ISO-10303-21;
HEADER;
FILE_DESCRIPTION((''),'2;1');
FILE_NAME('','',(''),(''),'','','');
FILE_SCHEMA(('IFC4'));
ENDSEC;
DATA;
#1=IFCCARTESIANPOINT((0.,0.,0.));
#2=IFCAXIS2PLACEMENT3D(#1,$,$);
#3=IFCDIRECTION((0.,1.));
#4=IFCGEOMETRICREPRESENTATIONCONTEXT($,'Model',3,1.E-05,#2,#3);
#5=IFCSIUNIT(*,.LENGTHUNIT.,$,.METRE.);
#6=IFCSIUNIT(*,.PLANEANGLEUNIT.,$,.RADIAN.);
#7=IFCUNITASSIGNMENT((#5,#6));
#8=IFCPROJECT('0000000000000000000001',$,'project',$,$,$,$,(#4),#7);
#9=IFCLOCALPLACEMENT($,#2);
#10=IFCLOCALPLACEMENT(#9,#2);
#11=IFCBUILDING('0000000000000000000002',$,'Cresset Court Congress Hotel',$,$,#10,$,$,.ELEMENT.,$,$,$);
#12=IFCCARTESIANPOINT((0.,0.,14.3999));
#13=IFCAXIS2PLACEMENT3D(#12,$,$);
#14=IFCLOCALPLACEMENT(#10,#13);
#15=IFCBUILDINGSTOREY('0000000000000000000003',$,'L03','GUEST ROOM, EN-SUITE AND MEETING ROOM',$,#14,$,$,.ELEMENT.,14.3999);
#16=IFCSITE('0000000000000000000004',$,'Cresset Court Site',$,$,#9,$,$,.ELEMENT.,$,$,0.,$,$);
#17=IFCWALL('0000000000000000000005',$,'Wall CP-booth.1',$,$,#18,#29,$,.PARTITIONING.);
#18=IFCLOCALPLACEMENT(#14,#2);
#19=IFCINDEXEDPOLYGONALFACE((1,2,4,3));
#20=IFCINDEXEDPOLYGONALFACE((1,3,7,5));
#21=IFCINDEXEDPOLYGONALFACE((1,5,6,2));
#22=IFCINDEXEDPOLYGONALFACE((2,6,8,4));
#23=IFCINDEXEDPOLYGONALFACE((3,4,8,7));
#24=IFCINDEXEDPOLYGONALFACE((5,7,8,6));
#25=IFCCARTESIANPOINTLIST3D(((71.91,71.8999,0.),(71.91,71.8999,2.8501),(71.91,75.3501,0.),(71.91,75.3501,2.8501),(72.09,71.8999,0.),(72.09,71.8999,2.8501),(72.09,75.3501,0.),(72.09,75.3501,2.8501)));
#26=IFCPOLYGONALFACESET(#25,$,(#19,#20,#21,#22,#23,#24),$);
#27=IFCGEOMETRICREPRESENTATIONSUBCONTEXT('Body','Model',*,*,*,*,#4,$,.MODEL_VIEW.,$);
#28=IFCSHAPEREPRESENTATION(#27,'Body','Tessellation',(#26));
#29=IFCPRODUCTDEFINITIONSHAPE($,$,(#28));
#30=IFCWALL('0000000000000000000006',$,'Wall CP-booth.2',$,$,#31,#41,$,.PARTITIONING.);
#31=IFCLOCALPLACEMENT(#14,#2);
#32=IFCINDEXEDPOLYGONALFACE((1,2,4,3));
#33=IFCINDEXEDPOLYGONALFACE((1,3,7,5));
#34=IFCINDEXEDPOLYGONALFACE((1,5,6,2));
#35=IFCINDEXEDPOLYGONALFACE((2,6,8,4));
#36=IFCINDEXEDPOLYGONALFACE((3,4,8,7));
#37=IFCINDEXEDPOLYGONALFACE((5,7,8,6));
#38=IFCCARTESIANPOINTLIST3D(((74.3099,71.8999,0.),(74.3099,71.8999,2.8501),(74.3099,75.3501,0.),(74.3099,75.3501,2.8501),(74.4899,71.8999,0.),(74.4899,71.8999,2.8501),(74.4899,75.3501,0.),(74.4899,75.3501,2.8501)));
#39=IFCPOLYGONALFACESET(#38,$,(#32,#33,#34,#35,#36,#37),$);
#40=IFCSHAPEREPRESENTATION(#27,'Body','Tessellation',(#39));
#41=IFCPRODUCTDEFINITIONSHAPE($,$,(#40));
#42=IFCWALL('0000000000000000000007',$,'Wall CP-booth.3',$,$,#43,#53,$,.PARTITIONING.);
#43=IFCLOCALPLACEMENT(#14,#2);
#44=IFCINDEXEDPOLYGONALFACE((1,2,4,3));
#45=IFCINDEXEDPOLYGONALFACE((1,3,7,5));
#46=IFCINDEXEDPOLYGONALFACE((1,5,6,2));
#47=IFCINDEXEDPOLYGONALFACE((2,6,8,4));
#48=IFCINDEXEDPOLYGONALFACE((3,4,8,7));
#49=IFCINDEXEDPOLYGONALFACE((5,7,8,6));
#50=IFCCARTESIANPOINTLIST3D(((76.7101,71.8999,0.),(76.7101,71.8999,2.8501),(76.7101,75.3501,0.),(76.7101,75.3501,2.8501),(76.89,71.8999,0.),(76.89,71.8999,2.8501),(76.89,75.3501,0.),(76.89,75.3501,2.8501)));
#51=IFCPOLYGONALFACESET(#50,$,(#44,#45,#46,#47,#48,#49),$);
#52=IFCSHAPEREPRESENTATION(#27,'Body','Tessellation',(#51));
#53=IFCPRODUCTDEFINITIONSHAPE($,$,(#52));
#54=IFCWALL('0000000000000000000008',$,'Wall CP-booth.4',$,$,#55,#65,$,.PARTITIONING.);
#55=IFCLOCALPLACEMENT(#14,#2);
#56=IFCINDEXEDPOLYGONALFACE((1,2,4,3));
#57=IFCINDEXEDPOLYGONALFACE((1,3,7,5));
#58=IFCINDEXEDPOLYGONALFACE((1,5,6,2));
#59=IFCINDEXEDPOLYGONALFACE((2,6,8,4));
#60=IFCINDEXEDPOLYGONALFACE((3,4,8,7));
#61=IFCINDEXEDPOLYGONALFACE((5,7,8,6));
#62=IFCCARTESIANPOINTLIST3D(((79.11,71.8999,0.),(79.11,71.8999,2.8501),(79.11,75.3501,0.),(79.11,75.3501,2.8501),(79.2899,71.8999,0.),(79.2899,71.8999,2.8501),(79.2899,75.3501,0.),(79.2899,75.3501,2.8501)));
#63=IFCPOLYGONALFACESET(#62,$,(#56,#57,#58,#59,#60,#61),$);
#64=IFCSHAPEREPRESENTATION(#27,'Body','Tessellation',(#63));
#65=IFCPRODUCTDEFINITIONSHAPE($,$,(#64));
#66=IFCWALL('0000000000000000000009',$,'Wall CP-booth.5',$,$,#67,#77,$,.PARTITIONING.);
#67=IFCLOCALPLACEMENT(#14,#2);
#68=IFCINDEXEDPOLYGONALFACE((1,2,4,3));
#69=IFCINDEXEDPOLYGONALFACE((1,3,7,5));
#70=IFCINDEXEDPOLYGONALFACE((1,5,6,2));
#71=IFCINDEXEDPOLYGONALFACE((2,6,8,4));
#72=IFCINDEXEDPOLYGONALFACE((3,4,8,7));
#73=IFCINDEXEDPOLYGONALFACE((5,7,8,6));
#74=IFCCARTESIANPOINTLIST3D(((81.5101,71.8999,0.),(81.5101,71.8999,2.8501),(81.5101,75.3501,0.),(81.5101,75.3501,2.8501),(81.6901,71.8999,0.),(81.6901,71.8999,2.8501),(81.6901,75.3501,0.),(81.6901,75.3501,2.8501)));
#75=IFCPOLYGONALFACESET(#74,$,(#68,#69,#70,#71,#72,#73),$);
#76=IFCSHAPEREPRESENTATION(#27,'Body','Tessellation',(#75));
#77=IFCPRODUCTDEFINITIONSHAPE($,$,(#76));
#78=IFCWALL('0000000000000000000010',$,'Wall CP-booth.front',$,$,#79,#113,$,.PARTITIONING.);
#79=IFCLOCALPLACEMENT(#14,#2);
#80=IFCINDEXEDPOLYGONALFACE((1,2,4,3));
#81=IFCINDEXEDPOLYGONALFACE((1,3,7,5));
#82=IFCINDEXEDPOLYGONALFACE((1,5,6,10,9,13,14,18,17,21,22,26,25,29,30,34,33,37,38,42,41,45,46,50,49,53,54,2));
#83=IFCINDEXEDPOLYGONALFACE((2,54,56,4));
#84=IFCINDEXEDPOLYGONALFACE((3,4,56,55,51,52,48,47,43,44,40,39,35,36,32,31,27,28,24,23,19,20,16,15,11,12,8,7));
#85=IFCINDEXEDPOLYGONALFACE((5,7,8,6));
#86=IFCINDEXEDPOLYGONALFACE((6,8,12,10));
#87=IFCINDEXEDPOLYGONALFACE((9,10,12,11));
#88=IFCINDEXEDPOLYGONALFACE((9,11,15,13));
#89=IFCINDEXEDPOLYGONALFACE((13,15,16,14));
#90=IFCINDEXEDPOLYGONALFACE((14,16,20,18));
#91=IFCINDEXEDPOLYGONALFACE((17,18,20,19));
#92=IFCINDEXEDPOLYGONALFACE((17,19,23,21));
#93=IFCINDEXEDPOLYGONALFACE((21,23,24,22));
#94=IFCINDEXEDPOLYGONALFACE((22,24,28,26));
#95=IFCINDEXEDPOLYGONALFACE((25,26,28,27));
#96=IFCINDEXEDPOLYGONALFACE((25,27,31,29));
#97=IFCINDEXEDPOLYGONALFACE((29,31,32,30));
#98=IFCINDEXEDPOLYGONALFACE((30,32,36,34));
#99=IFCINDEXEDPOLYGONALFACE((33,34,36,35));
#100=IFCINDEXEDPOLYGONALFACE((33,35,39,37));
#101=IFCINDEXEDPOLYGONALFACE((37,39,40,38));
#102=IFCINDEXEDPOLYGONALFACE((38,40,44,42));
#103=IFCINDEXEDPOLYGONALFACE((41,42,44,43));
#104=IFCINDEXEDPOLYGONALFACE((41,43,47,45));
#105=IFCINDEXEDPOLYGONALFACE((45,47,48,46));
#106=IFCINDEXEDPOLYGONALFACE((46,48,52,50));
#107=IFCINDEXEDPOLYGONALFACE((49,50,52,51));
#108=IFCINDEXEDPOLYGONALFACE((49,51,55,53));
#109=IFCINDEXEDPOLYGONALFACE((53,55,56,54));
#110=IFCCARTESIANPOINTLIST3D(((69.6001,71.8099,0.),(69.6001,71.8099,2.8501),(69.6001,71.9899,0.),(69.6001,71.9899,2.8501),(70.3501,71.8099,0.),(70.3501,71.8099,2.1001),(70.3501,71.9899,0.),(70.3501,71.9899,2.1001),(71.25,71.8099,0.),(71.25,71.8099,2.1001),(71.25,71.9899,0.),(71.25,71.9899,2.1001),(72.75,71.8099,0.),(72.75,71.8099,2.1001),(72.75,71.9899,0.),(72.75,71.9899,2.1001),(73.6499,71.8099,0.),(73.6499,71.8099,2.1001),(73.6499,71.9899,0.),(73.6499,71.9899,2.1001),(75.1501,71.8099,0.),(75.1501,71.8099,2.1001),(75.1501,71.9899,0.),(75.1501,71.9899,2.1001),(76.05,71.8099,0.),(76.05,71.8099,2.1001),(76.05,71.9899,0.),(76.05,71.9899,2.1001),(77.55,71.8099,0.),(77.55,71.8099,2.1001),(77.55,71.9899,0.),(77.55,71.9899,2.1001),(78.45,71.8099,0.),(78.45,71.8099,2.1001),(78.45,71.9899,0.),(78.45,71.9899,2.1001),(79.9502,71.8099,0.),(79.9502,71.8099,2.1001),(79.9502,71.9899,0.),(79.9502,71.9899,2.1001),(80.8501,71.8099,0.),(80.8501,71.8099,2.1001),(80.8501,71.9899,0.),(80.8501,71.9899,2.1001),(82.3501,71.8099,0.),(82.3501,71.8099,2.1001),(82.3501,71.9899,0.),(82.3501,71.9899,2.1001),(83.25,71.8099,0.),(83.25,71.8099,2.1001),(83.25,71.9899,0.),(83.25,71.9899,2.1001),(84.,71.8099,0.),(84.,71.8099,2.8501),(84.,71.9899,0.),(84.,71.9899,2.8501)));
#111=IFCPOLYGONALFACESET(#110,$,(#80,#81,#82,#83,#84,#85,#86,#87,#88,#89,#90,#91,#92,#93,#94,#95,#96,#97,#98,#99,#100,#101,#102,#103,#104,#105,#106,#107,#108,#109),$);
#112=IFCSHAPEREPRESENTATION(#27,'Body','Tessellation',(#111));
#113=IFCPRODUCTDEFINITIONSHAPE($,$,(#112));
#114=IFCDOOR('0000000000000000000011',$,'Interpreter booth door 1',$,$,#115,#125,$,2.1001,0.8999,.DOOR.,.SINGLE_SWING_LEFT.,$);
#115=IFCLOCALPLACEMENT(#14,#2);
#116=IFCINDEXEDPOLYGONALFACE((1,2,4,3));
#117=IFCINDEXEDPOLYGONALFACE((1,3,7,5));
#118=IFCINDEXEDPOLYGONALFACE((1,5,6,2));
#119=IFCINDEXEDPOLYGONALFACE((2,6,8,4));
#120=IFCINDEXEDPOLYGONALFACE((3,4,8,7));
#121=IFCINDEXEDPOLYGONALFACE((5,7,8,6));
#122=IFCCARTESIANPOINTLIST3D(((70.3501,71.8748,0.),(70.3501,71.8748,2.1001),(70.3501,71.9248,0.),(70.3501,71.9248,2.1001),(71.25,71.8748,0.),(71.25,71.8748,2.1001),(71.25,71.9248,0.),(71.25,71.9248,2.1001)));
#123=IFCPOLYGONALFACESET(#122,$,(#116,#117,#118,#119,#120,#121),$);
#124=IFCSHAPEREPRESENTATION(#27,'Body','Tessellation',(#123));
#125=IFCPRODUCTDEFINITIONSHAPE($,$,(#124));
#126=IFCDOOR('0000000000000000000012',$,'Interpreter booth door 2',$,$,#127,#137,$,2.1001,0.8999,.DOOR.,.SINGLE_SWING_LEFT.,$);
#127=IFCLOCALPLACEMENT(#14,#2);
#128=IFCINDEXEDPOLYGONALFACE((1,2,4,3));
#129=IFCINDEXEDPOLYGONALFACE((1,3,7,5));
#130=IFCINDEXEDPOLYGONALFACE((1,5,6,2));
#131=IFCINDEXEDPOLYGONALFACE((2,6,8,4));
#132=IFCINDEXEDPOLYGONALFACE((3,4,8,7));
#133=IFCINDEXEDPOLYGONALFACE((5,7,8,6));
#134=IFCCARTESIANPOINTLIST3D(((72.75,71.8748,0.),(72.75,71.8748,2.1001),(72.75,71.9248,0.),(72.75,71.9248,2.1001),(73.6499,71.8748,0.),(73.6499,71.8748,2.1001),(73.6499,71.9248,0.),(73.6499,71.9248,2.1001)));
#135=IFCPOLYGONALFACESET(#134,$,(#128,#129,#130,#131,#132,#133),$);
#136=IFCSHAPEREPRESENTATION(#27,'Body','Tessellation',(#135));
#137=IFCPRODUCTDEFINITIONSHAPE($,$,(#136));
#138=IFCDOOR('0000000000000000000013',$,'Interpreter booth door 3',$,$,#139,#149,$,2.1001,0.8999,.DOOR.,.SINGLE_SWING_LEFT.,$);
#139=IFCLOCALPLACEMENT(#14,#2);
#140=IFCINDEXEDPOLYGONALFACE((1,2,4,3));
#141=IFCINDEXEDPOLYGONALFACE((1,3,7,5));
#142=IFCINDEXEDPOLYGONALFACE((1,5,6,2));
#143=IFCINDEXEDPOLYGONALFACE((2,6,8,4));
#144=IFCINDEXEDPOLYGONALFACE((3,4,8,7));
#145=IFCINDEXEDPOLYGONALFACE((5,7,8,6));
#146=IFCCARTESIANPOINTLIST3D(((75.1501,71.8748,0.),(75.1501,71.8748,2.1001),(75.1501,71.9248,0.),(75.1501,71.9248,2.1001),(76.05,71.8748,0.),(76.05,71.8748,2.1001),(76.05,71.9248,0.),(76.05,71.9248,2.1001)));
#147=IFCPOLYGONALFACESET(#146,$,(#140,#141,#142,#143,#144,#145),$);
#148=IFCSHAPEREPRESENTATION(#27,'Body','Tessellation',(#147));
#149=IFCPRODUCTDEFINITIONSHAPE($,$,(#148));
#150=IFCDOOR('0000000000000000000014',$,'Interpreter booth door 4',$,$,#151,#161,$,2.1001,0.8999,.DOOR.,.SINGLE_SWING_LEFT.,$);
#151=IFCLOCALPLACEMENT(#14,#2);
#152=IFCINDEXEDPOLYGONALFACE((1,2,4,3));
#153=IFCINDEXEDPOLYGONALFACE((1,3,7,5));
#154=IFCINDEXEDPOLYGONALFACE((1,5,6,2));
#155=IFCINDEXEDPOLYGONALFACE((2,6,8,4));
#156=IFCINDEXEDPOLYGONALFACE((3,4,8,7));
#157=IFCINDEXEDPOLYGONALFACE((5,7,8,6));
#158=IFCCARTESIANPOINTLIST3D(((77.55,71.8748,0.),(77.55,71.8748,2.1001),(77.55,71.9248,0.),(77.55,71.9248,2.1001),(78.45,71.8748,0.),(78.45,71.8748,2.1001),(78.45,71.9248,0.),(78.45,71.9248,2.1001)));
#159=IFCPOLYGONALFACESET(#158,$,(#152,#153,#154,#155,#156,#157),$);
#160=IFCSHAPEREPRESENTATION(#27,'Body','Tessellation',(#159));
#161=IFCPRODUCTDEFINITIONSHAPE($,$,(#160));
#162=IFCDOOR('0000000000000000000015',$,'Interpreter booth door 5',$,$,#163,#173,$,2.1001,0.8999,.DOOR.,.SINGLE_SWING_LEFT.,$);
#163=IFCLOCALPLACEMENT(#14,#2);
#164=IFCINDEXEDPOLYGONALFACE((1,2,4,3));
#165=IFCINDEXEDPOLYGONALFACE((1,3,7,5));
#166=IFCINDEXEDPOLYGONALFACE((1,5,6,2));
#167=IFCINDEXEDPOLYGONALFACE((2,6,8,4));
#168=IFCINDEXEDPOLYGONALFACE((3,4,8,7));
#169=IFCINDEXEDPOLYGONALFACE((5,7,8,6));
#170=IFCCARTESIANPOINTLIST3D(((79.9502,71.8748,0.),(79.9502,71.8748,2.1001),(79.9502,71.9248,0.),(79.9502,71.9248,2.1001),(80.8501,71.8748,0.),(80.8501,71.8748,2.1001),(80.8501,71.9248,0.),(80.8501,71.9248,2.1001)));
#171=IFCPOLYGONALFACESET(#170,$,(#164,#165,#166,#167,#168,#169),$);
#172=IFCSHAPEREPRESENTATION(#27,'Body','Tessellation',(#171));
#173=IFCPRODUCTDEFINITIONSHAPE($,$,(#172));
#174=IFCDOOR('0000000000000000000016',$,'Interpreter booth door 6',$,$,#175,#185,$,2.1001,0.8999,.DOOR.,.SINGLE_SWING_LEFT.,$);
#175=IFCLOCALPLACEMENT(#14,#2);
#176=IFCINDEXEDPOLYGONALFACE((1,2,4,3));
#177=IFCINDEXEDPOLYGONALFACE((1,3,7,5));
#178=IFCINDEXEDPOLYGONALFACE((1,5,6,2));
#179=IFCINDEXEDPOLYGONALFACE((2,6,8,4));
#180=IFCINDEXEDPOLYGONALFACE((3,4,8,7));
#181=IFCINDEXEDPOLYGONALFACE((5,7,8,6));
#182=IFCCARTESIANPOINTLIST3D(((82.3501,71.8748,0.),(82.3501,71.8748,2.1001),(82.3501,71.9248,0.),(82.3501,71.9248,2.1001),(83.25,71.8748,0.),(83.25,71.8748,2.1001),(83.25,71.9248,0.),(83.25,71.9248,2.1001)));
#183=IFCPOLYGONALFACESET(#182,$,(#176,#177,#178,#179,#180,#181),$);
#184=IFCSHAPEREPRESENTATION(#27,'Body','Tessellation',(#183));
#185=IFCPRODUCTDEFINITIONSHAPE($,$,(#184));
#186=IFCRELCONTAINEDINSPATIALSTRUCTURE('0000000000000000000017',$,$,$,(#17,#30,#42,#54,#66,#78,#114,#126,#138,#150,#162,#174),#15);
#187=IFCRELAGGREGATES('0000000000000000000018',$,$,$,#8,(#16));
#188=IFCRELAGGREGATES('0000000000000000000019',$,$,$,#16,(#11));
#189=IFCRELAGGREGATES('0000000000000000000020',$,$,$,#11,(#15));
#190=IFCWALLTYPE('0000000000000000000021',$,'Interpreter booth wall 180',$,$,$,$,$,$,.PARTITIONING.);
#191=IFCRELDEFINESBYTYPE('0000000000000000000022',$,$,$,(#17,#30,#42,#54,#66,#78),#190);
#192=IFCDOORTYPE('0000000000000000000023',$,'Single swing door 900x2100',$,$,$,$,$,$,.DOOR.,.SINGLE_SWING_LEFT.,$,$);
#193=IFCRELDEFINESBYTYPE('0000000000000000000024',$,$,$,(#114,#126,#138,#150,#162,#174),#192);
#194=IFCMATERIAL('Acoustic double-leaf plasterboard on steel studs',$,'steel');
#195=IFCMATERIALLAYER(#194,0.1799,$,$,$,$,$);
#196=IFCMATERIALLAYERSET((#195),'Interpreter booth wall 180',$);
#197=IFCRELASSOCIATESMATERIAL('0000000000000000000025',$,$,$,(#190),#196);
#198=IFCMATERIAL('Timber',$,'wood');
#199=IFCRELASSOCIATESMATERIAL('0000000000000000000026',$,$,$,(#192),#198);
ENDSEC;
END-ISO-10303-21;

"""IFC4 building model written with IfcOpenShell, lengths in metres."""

from ifc_helpers import new_model, si_unit, direction, frame, frame_2d, origin, place, context, subcontext, project, spatial, rectangle, extrude, material, layer, layer_set, type_object, element, fill, save


model = new_model("IFC4")

# Units and contexts
model_context = context("Model", 3, precision=1e-05, world=origin(), true_north=direction((0.0, 1.0)))
body_context = subcontext(model_context, "Body", "Model", "MODEL_VIEW")
ifc_project = project(units=[si_unit("LENGTHUNIT", "METRE"), si_unit("PLANEANGLEUNIT", "RADIAN")], contexts=[model_context])

# Site, building, storey
site_placement = place(None, origin())
site = spatial("IfcSite", under=ifc_project, at=site_placement, Name="Cresset Court Site", CompositionType="ELEMENT", RefElevation=0.0)
building_placement = place(site_placement, origin())
building = spatial("IfcBuilding", under=site, at=building_placement, Name="Cresset Court Congress Hotel", CompositionType="ELEMENT")
storey_placement = place(building_placement, frame((0.0, 0.0, 14.3999)))
storey = spatial("IfcBuildingStorey", under=building, at=storey_placement, Name="L03", Description="GUEST ROOM, EN-SUITE AND MEETING ROOM", CompositionType="ELEMENT", Elevation=14.3999)

# Walls
ifc_material_1 = material(Name="Acoustic double-leaf plasterboard on steel studs", Category="steel")
ifc_layer_1 = layer(ifc_material_1, 0.1799)
ifc_layer_set_1 = layer_set([ifc_layer_1], Name="Interpreter booth wall 180")
wall_type_1 = type_object("IfcWallType", Name="Interpreter booth wall 180", PredefinedType="PARTITIONING", material=ifc_layer_set_1)
for number, where, z_axis, x_axis, name in (
    (1, (72.0, 71.8999, 0.0), (0.0, 0.0, 1.0), (0.0, 1.0, 0.0), "Wall CP-booth.1"),
    (2, (74.3999, 71.8999, 0.0), (0.0, 0.0, 1.0), (0.0, 1.0, 0.0), "Wall CP-booth.2"),
    (3, (76.8, 71.8999, 0.0), (0.0, 0.0, 1.0), (0.0, 1.0, 0.0), "Wall CP-booth.3"),
    (4, (79.2, 71.8999, 0.0), (0.0, 0.0, 1.0), (0.0, 1.0, 0.0), "Wall CP-booth.4"),
    (5, (81.6001, 71.8999, 0.0), (0.0, 0.0, 1.0), (0.0, 1.0, 0.0), "Wall CP-booth.5"),
):
    element("IfcWall", number, at=place(storey_placement, frame(where, z_axis=z_axis, x_axis=x_axis)), inside=storey, type_object=wall_type_1, Name=name, PredefinedType="PARTITIONING", context=body_context, shape_type="SweptSolid", body=[
        extrude(rectangle(XDim=3.4502, YDim=0.1799, at=frame_2d((1.7251, 0.0))), origin(), (0.0, 0.0, 1.0), 2.8501),
    ])

# Wall, openings, doors
wall_1_placement = place(storey_placement, frame((69.6001, 71.8999, 0.0), z_axis=(0.0, 0.0, 1.0), x_axis=(1.0, 0.0, 0.0)))
wall_1 = element("IfcWall", 6, at=wall_1_placement, inside=storey, type_object=wall_type_1, Name="Wall CP-booth.front", PredefinedType="PARTITIONING", context=body_context, shape_type="SweptSolid", body=[
    extrude(rectangle(XDim=14.3999, YDim=0.1799, at=frame_2d((7.2, 0.0))), origin(), (0.0, 0.0, 1.0), 2.8501),
])
opening_1_placement = place(wall_1_placement, frame((0.75, 0.0, 0.0)))
opening_1 = element("IfcOpeningElement", 7, at=opening_1_placement, cuts=wall_1, PredefinedType="OPENING", context=body_context, shape_type="SweptSolid", body=[
    extrude(rectangle(XDim=0.8999, YDim=2.1001, at=frame_2d((0.45, 1.05))), frame((0.0, 0.0999, 0.0), z_axis=(0.0, -1.0, 0.0), x_axis=(1.0, 0.0, 0.0)), (0.0, 0.0, 1.0), 0.2),
])
opening_2_placement = place(wall_1_placement, frame((3.1499, 0.0, 0.0)))
opening_2 = element("IfcOpeningElement", 8, at=opening_2_placement, cuts=wall_1, PredefinedType="OPENING", context=body_context, shape_type="SweptSolid", body=[
    extrude(rectangle(XDim=0.8999, YDim=2.1001, at=frame_2d((0.45, 1.05))), frame((0.0, 0.0999, 0.0), z_axis=(0.0, -1.0, 0.0), x_axis=(1.0, 0.0, 0.0)), (0.0, 0.0, 1.0), 0.2),
])
opening_3_placement = place(wall_1_placement, frame((5.55, 0.0, 0.0)))
opening_3 = element("IfcOpeningElement", 9, at=opening_3_placement, cuts=wall_1, PredefinedType="OPENING", context=body_context, shape_type="SweptSolid", body=[
    extrude(rectangle(XDim=0.8999, YDim=2.1001, at=frame_2d((0.45, 1.05))), frame((0.0, 0.0999, 0.0), z_axis=(0.0, -1.0, 0.0), x_axis=(1.0, 0.0, 0.0)), (0.0, 0.0, 1.0), 0.2),
])
opening_4_placement = place(wall_1_placement, frame((7.95, 0.0, 0.0)))
opening_4 = element("IfcOpeningElement", 10, at=opening_4_placement, cuts=wall_1, PredefinedType="OPENING", context=body_context, shape_type="SweptSolid", body=[
    extrude(rectangle(XDim=0.8999, YDim=2.1001, at=frame_2d((0.45, 1.05))), frame((0.0, 0.0999, 0.0), z_axis=(0.0, -1.0, 0.0), x_axis=(1.0, 0.0, 0.0)), (0.0, 0.0, 1.0), 0.2),
])
opening_5_placement = place(wall_1_placement, frame((10.3501, 0.0, 0.0)))
opening_5 = element("IfcOpeningElement", 11, at=opening_5_placement, cuts=wall_1, PredefinedType="OPENING", context=body_context, shape_type="SweptSolid", body=[
    extrude(rectangle(XDim=0.8999, YDim=2.1001, at=frame_2d((0.45, 1.05))), frame((0.0, 0.0999, 0.0), z_axis=(0.0, -1.0, 0.0), x_axis=(1.0, 0.0, 0.0)), (0.0, 0.0, 1.0), 0.2),
])
opening_6_placement = place(wall_1_placement, frame((12.75, 0.0, 0.0)))
opening_6 = element("IfcOpeningElement", 12, at=opening_6_placement, cuts=wall_1, PredefinedType="OPENING", context=body_context, shape_type="SweptSolid", body=[
    extrude(rectangle(XDim=0.8999, YDim=2.1001, at=frame_2d((0.45, 1.05))), frame((0.0, 0.0999, 0.0), z_axis=(0.0, -1.0, 0.0), x_axis=(1.0, 0.0, 0.0)), (0.0, 0.0, 1.0), 0.2),
])
ifc_material_2 = material(Name="Timber", Category="wood")
door_type_1 = type_object("IfcDoorType", Name="Single swing door 900x2100", OperationType="SINGLE_SWING_LEFT", PredefinedType="DOOR", material=ifc_material_2)
door_1_placement = place(opening_1_placement, origin())
door_1 = element("IfcDoor", 13, at=door_1_placement, inside=storey, type_object=door_type_1, Name="Interpreter booth door 1", OperationType="SINGLE_SWING_LEFT", OverallHeight=2.1001, OverallWidth=0.8999, PredefinedType="DOOR", context=body_context, shape_type="SweptSolid", body=[
    extrude(rectangle(XDim=0.8999, YDim=2.1001, at=frame_2d((0.45, 1.05))), frame((0.0, 0.0249, 0.0), z_axis=(0.0, -1.0, 0.0), x_axis=(1.0, 0.0, 0.0)), (0.0, 0.0, 1.0), 0.05),
])
fill(opening_1, door_1)
door_2_placement = place(opening_2_placement, origin())
door_2 = element("IfcDoor", 14, at=door_2_placement, inside=storey, type_object=door_type_1, Name="Interpreter booth door 2", OperationType="SINGLE_SWING_LEFT", OverallHeight=2.1001, OverallWidth=0.8999, PredefinedType="DOOR", context=body_context, shape_type="SweptSolid", body=[
    extrude(rectangle(XDim=0.8999, YDim=2.1001, at=frame_2d((0.45, 1.05))), frame((0.0, 0.0249, 0.0), z_axis=(0.0, -1.0, 0.0), x_axis=(1.0, 0.0, 0.0)), (0.0, 0.0, 1.0), 0.05),
])
fill(opening_2, door_2)
door_3_placement = place(opening_3_placement, origin())
door_3 = element("IfcDoor", 15, at=door_3_placement, inside=storey, type_object=door_type_1, Name="Interpreter booth door 3", OperationType="SINGLE_SWING_LEFT", OverallHeight=2.1001, OverallWidth=0.8999, PredefinedType="DOOR", context=body_context, shape_type="SweptSolid", body=[
    extrude(rectangle(XDim=0.8999, YDim=2.1001, at=frame_2d((0.45, 1.05))), frame((0.0, 0.0249, 0.0), z_axis=(0.0, -1.0, 0.0), x_axis=(1.0, 0.0, 0.0)), (0.0, 0.0, 1.0), 0.05),
])
fill(opening_3, door_3)
door_4_placement = place(opening_4_placement, origin())
door_4 = element("IfcDoor", 16, at=door_4_placement, inside=storey, type_object=door_type_1, Name="Interpreter booth door 4", OperationType="SINGLE_SWING_LEFT", OverallHeight=2.1001, OverallWidth=0.8999, PredefinedType="DOOR", context=body_context, shape_type="SweptSolid", body=[
    extrude(rectangle(XDim=0.8999, YDim=2.1001, at=frame_2d((0.45, 1.05))), frame((0.0, 0.0249, 0.0), z_axis=(0.0, -1.0, 0.0), x_axis=(1.0, 0.0, 0.0)), (0.0, 0.0, 1.0), 0.05),
])
fill(opening_4, door_4)
door_5_placement = place(opening_5_placement, origin())
door_5 = element("IfcDoor", 17, at=door_5_placement, inside=storey, type_object=door_type_1, Name="Interpreter booth door 5", OperationType="SINGLE_SWING_LEFT", OverallHeight=2.1001, OverallWidth=0.8999, PredefinedType="DOOR", context=body_context, shape_type="SweptSolid", body=[
    extrude(rectangle(XDim=0.8999, YDim=2.1001, at=frame_2d((0.45, 1.05))), frame((0.0, 0.0249, 0.0), z_axis=(0.0, -1.0, 0.0), x_axis=(1.0, 0.0, 0.0)), (0.0, 0.0, 1.0), 0.05),
])
fill(opening_5, door_5)
door_6_placement = place(opening_6_placement, origin())
door_6 = element("IfcDoor", 18, at=door_6_placement, inside=storey, type_object=door_type_1, Name="Interpreter booth door 6", OperationType="SINGLE_SWING_LEFT", OverallHeight=2.1001, OverallWidth=0.8999, PredefinedType="DOOR", context=body_context, shape_type="SweptSolid", body=[
    extrude(rectangle(XDim=0.8999, YDim=2.1001, at=frame_2d((0.45, 1.05))), frame((0.0, 0.0249, 0.0), z_axis=(0.0, -1.0, 0.0), x_axis=(1.0, 0.0, 0.0)), (0.0, 0.0, 1.0), 0.05),
])
fill(opening_6, door_6)

save(model, "model.ifc")
